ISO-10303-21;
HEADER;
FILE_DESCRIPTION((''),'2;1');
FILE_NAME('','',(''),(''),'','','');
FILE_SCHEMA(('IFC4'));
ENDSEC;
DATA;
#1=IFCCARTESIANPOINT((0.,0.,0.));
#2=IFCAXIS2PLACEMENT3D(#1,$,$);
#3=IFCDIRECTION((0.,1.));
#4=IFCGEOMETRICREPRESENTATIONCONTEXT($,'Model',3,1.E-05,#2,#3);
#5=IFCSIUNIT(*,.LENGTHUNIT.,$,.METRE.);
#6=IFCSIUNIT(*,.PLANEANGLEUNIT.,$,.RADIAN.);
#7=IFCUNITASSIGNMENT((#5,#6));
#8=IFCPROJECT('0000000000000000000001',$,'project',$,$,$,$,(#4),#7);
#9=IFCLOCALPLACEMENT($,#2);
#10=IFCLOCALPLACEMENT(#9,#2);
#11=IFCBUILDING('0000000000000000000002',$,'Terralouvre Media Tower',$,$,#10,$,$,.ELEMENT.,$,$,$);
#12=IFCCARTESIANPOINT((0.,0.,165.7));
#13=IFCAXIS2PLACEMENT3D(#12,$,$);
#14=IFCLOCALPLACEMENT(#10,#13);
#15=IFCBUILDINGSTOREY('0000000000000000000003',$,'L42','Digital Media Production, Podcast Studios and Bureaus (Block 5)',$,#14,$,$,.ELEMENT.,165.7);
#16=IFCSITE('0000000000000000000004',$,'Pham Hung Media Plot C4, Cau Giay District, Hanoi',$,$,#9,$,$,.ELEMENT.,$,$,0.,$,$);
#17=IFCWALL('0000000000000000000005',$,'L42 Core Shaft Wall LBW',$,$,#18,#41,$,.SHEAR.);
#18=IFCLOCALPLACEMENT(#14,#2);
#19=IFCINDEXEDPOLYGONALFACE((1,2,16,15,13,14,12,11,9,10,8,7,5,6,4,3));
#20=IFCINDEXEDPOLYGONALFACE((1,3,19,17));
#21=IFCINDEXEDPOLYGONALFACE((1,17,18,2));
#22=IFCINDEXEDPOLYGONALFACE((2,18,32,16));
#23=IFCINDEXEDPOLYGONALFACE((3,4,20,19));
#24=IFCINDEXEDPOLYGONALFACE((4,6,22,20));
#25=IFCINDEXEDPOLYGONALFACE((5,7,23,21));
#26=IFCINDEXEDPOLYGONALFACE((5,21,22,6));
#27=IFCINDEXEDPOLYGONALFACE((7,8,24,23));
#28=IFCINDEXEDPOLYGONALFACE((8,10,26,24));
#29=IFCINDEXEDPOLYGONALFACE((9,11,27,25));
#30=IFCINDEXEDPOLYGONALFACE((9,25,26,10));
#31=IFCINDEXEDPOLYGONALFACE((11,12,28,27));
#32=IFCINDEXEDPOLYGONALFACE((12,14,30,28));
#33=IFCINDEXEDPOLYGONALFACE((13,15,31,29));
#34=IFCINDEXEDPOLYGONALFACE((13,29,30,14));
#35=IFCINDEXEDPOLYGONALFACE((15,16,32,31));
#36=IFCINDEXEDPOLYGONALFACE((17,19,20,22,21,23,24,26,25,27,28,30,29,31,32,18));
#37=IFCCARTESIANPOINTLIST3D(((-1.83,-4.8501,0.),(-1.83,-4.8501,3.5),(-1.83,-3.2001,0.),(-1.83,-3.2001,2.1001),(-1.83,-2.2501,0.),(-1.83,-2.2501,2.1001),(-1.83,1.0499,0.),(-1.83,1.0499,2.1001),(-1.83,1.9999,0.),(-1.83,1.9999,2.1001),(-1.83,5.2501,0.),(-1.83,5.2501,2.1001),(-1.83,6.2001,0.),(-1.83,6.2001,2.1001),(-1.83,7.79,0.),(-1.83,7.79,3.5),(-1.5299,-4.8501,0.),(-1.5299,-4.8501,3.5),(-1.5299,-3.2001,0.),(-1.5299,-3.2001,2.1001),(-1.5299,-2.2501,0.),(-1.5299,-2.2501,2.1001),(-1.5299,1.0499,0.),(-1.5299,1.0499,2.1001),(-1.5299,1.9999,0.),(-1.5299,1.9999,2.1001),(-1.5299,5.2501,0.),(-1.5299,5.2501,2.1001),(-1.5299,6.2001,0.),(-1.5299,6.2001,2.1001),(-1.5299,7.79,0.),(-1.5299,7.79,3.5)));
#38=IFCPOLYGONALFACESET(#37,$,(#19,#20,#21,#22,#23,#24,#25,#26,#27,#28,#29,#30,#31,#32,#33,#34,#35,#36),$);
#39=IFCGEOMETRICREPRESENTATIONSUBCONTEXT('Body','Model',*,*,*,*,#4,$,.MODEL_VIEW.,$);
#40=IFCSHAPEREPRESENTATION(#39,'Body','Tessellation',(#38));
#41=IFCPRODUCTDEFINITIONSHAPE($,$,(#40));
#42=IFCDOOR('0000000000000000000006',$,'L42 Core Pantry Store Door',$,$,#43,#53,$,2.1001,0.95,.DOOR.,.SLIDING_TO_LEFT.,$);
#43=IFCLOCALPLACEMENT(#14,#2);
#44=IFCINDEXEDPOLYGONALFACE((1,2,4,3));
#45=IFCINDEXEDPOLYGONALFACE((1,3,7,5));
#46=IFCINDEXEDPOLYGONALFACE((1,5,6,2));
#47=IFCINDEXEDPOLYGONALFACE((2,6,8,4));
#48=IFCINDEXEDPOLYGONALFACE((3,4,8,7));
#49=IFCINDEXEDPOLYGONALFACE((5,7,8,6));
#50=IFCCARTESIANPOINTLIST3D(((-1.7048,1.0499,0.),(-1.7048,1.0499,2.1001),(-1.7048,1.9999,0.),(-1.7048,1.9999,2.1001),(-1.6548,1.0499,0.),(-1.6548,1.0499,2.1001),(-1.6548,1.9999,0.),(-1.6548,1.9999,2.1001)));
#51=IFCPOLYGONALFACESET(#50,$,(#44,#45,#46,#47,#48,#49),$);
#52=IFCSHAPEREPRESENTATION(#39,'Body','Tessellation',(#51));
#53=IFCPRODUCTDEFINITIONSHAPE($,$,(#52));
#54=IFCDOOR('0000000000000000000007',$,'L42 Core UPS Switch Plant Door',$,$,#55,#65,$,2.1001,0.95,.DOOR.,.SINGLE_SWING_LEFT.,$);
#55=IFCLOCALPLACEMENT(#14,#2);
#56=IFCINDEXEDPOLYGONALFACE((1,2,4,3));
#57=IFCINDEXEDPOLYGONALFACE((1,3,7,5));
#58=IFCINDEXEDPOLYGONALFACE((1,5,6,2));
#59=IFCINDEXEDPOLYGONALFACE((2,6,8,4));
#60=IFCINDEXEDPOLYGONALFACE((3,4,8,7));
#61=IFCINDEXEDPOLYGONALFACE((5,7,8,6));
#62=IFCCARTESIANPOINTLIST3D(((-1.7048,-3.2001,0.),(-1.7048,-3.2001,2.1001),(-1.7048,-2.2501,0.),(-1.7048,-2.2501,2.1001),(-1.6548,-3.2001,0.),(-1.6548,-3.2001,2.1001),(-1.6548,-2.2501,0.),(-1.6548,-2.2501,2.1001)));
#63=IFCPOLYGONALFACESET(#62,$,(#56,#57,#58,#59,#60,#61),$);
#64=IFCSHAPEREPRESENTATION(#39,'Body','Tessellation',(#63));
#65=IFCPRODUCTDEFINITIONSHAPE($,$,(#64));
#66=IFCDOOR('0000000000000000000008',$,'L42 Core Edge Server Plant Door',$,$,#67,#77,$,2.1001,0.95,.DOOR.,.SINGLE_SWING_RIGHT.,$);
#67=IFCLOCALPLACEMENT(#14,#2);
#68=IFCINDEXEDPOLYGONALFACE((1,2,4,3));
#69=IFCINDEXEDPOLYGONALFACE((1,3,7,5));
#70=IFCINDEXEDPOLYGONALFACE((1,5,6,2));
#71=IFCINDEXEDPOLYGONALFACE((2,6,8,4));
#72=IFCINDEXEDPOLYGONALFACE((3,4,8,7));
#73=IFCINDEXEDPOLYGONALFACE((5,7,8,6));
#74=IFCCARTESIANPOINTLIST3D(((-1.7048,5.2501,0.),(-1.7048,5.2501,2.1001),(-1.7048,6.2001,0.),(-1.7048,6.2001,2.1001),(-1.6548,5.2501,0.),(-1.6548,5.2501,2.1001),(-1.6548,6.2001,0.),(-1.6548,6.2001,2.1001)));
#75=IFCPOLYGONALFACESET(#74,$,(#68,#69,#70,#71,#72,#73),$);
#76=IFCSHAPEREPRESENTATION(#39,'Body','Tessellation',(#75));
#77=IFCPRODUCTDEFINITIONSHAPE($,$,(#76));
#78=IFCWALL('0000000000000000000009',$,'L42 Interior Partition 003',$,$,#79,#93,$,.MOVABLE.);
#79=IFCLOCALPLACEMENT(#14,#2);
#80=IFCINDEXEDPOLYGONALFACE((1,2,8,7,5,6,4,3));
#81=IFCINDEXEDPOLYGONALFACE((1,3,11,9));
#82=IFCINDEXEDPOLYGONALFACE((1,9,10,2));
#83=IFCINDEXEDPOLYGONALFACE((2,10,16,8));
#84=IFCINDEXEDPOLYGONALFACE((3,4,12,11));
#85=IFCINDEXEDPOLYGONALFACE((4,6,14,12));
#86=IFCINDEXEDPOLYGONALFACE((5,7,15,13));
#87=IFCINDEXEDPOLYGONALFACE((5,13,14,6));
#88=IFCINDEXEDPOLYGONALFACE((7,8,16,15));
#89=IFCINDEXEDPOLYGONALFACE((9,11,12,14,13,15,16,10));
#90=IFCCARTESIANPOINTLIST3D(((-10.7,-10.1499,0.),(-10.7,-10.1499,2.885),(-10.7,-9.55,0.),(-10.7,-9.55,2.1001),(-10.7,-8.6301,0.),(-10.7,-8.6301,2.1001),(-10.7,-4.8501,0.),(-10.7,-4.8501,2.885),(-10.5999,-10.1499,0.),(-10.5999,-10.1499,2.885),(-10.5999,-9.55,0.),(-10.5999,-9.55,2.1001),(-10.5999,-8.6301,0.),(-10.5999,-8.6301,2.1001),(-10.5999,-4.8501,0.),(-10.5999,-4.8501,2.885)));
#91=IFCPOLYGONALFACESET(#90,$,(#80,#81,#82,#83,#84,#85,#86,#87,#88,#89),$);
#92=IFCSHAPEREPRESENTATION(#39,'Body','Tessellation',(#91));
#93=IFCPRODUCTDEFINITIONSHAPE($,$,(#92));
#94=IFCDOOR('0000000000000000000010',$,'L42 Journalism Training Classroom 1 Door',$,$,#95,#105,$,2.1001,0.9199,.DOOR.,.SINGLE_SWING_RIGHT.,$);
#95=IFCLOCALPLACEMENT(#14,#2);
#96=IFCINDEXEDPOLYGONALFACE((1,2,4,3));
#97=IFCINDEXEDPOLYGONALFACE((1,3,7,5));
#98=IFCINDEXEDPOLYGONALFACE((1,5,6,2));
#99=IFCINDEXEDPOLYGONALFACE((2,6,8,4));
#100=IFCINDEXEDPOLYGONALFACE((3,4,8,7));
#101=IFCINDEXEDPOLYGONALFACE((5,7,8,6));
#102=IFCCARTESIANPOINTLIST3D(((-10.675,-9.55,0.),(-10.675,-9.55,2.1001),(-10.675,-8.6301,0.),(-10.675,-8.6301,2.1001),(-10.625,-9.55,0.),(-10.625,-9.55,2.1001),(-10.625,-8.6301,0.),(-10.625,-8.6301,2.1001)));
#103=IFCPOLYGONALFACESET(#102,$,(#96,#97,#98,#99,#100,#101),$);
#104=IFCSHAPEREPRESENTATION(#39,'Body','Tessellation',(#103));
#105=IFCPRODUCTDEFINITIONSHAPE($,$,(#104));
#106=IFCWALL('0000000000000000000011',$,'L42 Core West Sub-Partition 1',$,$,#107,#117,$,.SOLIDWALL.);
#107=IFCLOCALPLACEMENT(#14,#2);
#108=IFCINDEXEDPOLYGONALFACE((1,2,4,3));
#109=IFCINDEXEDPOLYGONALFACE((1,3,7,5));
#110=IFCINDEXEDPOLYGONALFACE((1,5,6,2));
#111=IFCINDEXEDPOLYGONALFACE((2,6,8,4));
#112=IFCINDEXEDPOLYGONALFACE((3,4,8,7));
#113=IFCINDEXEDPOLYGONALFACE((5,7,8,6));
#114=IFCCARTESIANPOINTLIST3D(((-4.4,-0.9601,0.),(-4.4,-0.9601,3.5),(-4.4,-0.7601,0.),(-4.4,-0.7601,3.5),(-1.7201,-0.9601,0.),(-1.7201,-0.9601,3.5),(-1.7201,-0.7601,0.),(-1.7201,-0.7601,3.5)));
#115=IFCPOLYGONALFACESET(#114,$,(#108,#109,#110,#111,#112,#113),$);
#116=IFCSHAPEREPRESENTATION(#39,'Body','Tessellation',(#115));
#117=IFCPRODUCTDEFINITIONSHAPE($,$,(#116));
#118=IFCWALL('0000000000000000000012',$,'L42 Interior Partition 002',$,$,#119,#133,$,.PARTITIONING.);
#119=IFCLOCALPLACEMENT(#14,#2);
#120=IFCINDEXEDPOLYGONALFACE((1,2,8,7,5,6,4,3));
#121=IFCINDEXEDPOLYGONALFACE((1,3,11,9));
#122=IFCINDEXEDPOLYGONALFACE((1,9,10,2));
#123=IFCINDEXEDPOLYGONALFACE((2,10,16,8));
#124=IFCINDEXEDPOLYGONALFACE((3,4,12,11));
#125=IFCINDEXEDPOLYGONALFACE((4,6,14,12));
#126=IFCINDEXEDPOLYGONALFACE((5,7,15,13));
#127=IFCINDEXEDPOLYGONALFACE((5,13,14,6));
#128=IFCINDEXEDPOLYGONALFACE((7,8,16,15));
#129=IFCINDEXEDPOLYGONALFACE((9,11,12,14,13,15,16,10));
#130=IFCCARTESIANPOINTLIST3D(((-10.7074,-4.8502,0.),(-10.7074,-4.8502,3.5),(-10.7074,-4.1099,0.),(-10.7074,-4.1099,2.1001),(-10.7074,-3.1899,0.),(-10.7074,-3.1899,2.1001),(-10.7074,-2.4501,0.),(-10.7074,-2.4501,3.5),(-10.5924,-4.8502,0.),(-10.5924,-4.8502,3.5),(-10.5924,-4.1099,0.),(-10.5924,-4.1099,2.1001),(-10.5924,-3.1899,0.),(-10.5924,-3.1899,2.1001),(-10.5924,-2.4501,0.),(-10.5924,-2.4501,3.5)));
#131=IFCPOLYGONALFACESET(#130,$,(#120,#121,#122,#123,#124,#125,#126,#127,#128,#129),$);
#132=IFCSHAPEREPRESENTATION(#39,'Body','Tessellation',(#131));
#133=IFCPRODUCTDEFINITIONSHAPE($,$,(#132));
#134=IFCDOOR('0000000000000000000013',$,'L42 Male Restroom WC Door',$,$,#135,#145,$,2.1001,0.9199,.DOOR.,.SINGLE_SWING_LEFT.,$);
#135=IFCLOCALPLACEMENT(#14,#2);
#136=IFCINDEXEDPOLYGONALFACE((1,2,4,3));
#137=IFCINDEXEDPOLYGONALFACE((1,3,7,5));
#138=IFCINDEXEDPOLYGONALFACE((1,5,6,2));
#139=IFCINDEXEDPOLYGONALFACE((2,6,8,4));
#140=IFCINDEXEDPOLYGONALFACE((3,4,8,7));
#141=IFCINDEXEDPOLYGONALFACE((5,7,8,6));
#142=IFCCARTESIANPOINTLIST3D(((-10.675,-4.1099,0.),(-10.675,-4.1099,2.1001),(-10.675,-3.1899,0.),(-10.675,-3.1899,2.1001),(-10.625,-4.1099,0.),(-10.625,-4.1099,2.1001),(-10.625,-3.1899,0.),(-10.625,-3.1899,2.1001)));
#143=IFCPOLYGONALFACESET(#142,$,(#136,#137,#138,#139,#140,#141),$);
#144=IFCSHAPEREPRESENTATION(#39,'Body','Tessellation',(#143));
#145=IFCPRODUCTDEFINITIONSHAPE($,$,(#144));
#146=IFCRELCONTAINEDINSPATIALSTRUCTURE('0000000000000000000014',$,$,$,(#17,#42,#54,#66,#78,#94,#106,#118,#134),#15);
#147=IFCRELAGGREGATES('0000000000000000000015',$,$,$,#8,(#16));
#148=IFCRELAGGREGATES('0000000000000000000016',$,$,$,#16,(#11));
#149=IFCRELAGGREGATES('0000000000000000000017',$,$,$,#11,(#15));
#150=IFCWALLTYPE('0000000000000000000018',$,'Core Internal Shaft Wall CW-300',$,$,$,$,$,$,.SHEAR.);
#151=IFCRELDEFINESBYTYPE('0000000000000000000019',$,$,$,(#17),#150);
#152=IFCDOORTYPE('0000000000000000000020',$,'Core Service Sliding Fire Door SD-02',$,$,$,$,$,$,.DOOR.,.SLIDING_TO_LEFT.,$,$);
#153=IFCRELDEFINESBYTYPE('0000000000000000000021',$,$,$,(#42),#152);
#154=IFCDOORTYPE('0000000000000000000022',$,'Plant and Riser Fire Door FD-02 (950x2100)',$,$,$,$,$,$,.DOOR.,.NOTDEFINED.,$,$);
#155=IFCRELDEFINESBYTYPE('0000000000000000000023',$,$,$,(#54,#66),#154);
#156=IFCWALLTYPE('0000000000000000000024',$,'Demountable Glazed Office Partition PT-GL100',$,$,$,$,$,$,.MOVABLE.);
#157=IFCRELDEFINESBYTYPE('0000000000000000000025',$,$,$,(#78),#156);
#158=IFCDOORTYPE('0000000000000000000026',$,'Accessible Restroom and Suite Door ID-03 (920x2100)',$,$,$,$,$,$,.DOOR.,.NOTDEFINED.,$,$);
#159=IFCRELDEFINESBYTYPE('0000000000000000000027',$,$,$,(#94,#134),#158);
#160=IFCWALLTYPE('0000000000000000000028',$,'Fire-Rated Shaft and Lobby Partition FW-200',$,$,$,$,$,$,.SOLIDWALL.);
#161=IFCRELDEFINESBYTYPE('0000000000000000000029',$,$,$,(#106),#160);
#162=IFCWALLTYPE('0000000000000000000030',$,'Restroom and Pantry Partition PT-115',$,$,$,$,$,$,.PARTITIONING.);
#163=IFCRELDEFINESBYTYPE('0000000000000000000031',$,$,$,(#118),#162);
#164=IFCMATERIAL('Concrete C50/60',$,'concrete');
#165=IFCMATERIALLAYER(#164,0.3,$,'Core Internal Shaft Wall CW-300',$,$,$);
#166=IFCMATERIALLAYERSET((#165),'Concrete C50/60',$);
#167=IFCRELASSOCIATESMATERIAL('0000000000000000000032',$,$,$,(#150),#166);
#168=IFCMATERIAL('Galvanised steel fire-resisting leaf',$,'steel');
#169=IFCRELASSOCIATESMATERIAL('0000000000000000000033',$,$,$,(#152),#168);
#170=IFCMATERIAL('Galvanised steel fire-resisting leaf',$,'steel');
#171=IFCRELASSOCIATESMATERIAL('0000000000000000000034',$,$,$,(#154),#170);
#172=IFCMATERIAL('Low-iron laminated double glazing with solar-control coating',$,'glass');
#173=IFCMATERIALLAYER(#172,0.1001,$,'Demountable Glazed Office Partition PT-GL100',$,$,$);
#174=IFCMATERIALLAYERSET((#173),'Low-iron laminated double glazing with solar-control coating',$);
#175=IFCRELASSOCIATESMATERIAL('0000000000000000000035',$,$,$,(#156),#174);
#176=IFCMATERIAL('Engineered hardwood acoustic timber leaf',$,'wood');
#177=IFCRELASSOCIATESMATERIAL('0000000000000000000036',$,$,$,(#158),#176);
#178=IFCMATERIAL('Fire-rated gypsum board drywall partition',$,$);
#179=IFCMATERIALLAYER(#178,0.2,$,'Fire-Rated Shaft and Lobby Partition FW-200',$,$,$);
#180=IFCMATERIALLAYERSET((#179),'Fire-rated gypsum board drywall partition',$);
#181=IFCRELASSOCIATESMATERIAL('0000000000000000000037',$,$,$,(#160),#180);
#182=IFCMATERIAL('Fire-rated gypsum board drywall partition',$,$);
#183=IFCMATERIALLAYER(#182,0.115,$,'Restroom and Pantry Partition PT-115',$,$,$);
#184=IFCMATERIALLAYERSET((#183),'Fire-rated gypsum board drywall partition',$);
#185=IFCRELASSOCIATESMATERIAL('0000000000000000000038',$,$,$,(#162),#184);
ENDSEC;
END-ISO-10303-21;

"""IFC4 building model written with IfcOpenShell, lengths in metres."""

from ifc_helpers import new_model, si_unit, direction, frame, frame_2d, origin, place, context, subcontext, project, spatial, rectangle, extrude, material, layer, layer_set, type_object, element, fill, save


model = new_model("IFC4")

# Units and contexts
model_context = context("Model", 3, precision=1e-05, world=origin(), true_north=direction((0.0, 1.0)))
body_context = subcontext(model_context, "Body", "Model", "MODEL_VIEW")
ifc_project = project(units=[si_unit("LENGTHUNIT", "METRE"), si_unit("PLANEANGLEUNIT", "RADIAN")], contexts=[model_context])

# Site, building, storey
site_placement = place(None, origin())
site = spatial("IfcSite", under=ifc_project, at=site_placement, Name="Pham Hung Media Plot C4, Cau Giay District, Hanoi", CompositionType="ELEMENT", RefElevation=0.0)
building_placement = place(site_placement, origin())
building = spatial("IfcBuilding", under=site, at=building_placement, Name="Terralouvre Media Tower", CompositionType="ELEMENT")
storey_placement = place(building_placement, frame((0.0, 0.0, 165.7)))
storey = spatial("IfcBuildingStorey", under=building, at=storey_placement, Name="L42", Description="Digital Media Production, Podcast Studios and Bureaus (Block 5)", CompositionType="ELEMENT", Elevation=165.7)

# Shared definitions
ifc_material_1 = material(Name="Concrete C50/60", Category="concrete")
ifc_layer_1 = layer(ifc_material_1, 0.3, Name="Core Internal Shaft Wall CW-300")
ifc_layer_set_1 = layer_set([ifc_layer_1], Name="Concrete C50/60")
wall_type_1 = type_object("IfcWallType", Name="Core Internal Shaft Wall CW-300", PredefinedType="SHEAR", material=ifc_layer_set_1)

# Wall, openings, doors
wall_1_placement = place(storey_placement, frame((-1.6799, -4.8501, 0.0), z_axis=(0.0, 0.0, 1.0), x_axis=(0.0, 1.0, 0.0)))
wall_1 = element("IfcWall", 1, at=wall_1_placement, inside=storey, type_object=wall_type_1, Name="L42 Core Shaft Wall LBW", PredefinedType="SHEAR", context=body_context, shape_type="SweptSolid", body=[
    extrude(rectangle(XDim=12.6401, YDim=0.3, at=frame_2d((6.3201, 0.0))), origin(), (0.0, 0.0, 1.0), 3.5),
])
opening_1_placement = place(wall_1_placement, frame((1.6499, 0.0, 0.0)))
opening_1 = element("IfcOpeningElement", 2, at=opening_1_placement, cuts=wall_1, PredefinedType="OPENING", context=body_context, shape_type="SweptSolid", body=[
    extrude(rectangle(XDim=0.95, YDim=2.1001, at=frame_2d((0.4751, 1.05))), frame((0.0, 0.1599, 0.0), z_axis=(0.0, -1.0, 0.0), x_axis=(1.0, 0.0, 0.0)), (0.0, 0.0, 1.0), 0.3201),
])
opening_2_placement = place(wall_1_placement, frame((5.8999, 0.0, 0.0)))
opening_2 = element("IfcOpeningElement", 3, at=opening_2_placement, cuts=wall_1, PredefinedType="OPENING", context=body_context, shape_type="SweptSolid", body=[
    extrude(rectangle(XDim=0.95, YDim=2.1001, at=frame_2d((0.4751, 1.05))), frame((0.0, 0.1599, 0.0), z_axis=(0.0, -1.0, 0.0), x_axis=(1.0, 0.0, 0.0)), (0.0, 0.0, 1.0), 0.3201),
])
opening_3_placement = place(wall_1_placement, frame((10.1001, 0.0, 0.0)))
opening_3 = element("IfcOpeningElement", 4, at=opening_3_placement, cuts=wall_1, PredefinedType="OPENING", context=body_context, shape_type="SweptSolid", body=[
    extrude(rectangle(XDim=0.95, YDim=2.1001, at=frame_2d((0.4751, 1.05))), frame((0.0, 0.1599, 0.0), z_axis=(0.0, -1.0, 0.0), x_axis=(1.0, 0.0, 0.0)), (0.0, 0.0, 1.0), 0.3201),
])
ifc_material_2 = material(Name="Galvanised steel fire-resisting leaf", Category="steel")
door_type_1 = type_object("IfcDoorType", Name="Core Service Sliding Fire Door SD-02", OperationType="SLIDING_TO_LEFT", PredefinedType="DOOR", material=ifc_material_2)
door_1_placement = place(opening_2_placement, origin())
door_1 = element("IfcDoor", 5, at=door_1_placement, inside=storey, type_object=door_type_1, Name="L42 Core Pantry Store Door", OperationType="SLIDING_TO_LEFT", OverallHeight=2.1001, OverallWidth=0.95, PredefinedType="DOOR", context=body_context, shape_type="SweptSolid", body=[
    extrude(rectangle(XDim=0.95, YDim=2.1001, at=frame_2d((0.4751, 1.05))), frame((0.0, 0.0249, 0.0), z_axis=(0.0, -1.0, 0.0), x_axis=(1.0, 0.0, 0.0)), (0.0, 0.0, 1.0), 0.05),
])
fill(opening_2, door_1)
ifc_material_3 = material(Name="Galvanised steel fire-resisting leaf", Category="steel")
door_type_2 = type_object("IfcDoorType", Name="Plant and Riser Fire Door FD-02 (950x2100)", OperationType="NOTDEFINED", PredefinedType="DOOR", material=ifc_material_3)
door_2_placement = place(opening_1_placement, origin())
door_2 = element("IfcDoor", 6, at=door_2_placement, inside=storey, type_object=door_type_2, Name="L42 Core UPS Switch Plant Door", OperationType="SINGLE_SWING_LEFT", OverallHeight=2.1001, OverallWidth=0.95, PredefinedType="DOOR", context=body_context, shape_type="SweptSolid", body=[
    extrude(rectangle(XDim=0.95, YDim=2.1001, at=frame_2d((0.4751, 1.05))), frame((0.0, 0.0249, 0.0), z_axis=(0.0, -1.0, 0.0), x_axis=(1.0, 0.0, 0.0)), (0.0, 0.0, 1.0), 0.05),
])
fill(opening_1, door_2)
door_3_placement = place(opening_3_placement, origin())
door_3 = element("IfcDoor", 7, at=door_3_placement, inside=storey, type_object=door_type_2, Name="L42 Core Edge Server Plant Door", OperationType="SINGLE_SWING_RIGHT", OverallHeight=2.1001, OverallWidth=0.95, PredefinedType="DOOR", context=body_context, shape_type="SweptSolid", body=[
    extrude(rectangle(XDim=0.95, YDim=2.1001, at=frame_2d((0.4751, 1.05))), frame((0.0, 0.0249, 0.0), z_axis=(0.0, -1.0, 0.0), x_axis=(1.0, 0.0, 0.0)), (0.0, 0.0, 1.0), 0.05),
])
fill(opening_3, door_3)

# Wall, opening, door
ifc_material_4 = material(Name="Low-iron laminated double glazing with solar-control coating", Category="glass")
ifc_layer_2 = layer(ifc_material_4, 0.1001, Name="Demountable Glazed Office Partition PT-GL100")
ifc_layer_set_2 = layer_set([ifc_layer_2], Name="Low-iron laminated double glazing with solar-control coating")
wall_type_2 = type_object("IfcWallType", Name="Demountable Glazed Office Partition PT-GL100", PredefinedType="MOVABLE", material=ifc_layer_set_2)
wall_2_placement = place(storey_placement, frame((-10.6499, -4.8501, 0.0), z_axis=(0.0, 0.0, 1.0), x_axis=(0.0, -1.0, 0.0)))
wall_2 = element("IfcWall", 8, at=wall_2_placement, inside=storey, type_object=wall_type_2, Name="L42 Interior Partition 003", PredefinedType="MOVABLE", context=body_context, shape_type="SweptSolid", body=[
    extrude(rectangle(XDim=5.2998, YDim=0.1001, at=frame_2d((2.6499, 0.0))), origin(), (0.0, 0.0, 1.0), 2.885),
])
opening_4_placement = place(wall_2_placement, frame((3.78, 0.0, 0.0)))
opening_4 = element("IfcOpeningElement", 9, at=opening_4_placement, cuts=wall_2, PredefinedType="OPENING", context=body_context, shape_type="SweptSolid", body=[
    extrude(rectangle(XDim=0.9199, YDim=2.1001, at=frame_2d((0.46, 1.05))), frame((0.0, 0.0601, 0.0), z_axis=(0.0, -1.0, 0.0), x_axis=(1.0, 0.0, 0.0)), (0.0, 0.0, 1.0), 0.1201),
])
ifc_material_5 = material(Name="Engineered hardwood acoustic timber leaf", Category="wood")
door_type_3 = type_object("IfcDoorType", Name="Accessible Restroom and Suite Door ID-03 (920x2100)", OperationType="NOTDEFINED", PredefinedType="DOOR", material=ifc_material_5)
door_4_placement = place(opening_4_placement, origin())
door_4 = element("IfcDoor", 10, at=door_4_placement, inside=storey, type_object=door_type_3, Name="L42 Journalism Training Classroom 1 Door", OperationType="SINGLE_SWING_RIGHT", OverallHeight=2.1001, OverallWidth=0.9199, PredefinedType="DOOR", context=body_context, shape_type="SweptSolid", body=[
    extrude(rectangle(XDim=0.9199, YDim=2.1001, at=frame_2d((0.46, 1.05))), frame((0.0, 0.0249, 0.0), z_axis=(0.0, -1.0, 0.0), x_axis=(1.0, 0.0, 0.0)), (0.0, 0.0, 1.0), 0.05),
])
fill(opening_4, door_4)

# Wall
ifc_material_6 = material(Name="Fire-rated gypsum board drywall partition")
ifc_layer_3 = layer(ifc_material_6, 0.2, Name="Fire-Rated Shaft and Lobby Partition FW-200")
ifc_layer_set_3 = layer_set([ifc_layer_3], Name="Fire-rated gypsum board drywall partition")
wall_type_3 = type_object("IfcWallType", Name="Fire-Rated Shaft and Lobby Partition FW-200", PredefinedType="SOLIDWALL", material=ifc_layer_set_3)
wall_3_placement = place(storey_placement, frame((-4.3999, -0.8601, 0.0), z_axis=(0.0, 0.0, 1.0), x_axis=(1.0, 0.0, 0.0)))
element("IfcWall", 11, at=wall_3_placement, inside=storey, type_object=wall_type_3, Name="L42 Core West Sub-Partition 1", PredefinedType="SOLIDWALL", context=body_context, shape_type="SweptSolid", body=[
    extrude(rectangle(XDim=2.6799, YDim=0.2, at=frame_2d((1.3398, 0.0))), origin(), (0.0, 0.0, 1.0), 3.5),
])

# Wall, opening, door
ifc_material_7 = material(Name="Fire-rated gypsum board drywall partition")
ifc_layer_4 = layer(ifc_material_7, 0.115, Name="Restroom and Pantry Partition PT-115")
ifc_layer_set_4 = layer_set([ifc_layer_4], Name="Fire-rated gypsum board drywall partition")
wall_type_4 = type_object("IfcWallType", Name="Restroom and Pantry Partition PT-115", PredefinedType="PARTITIONING", material=ifc_layer_set_4)
wall_4_placement = place(storey_placement, frame((-10.6499, -2.45, 0.0), z_axis=(0.0, 0.0, 1.0), x_axis=(0.0, -1.0, 0.0)))
wall_4 = element("IfcWall", 12, at=wall_4_placement, inside=storey, type_object=wall_type_4, Name="L42 Interior Partition 002", PredefinedType="PARTITIONING", context=body_context, shape_type="SweptSolid", body=[
    extrude(rectangle(XDim=2.4001, YDim=0.115, at=frame_2d((1.2002, 0.0))), origin(), (0.0, 0.0, 1.0), 3.5),
])
opening_5_placement = place(wall_4_placement, frame((0.74, 0.0, 0.0)))
opening_5 = element("IfcOpeningElement", 13, at=opening_5_placement, cuts=wall_4, PredefinedType="OPENING", context=body_context, shape_type="SweptSolid", body=[
    extrude(rectangle(XDim=0.9199, YDim=2.1001, at=frame_2d((0.46, 1.05))), frame((0.0, 0.0674, 0.0), z_axis=(0.0, -1.0, 0.0), x_axis=(1.0, 0.0, 0.0)), (0.0, 0.0, 1.0), 0.135),
])
door_5_placement = place(opening_5_placement, origin())
door_5 = element("IfcDoor", 14, at=door_5_placement, inside=storey, type_object=door_type_3, Name="L42 Male Restroom WC Door", OperationType="SINGLE_SWING_LEFT", OverallHeight=2.1001, OverallWidth=0.9199, PredefinedType="DOOR", context=body_context, shape_type="SweptSolid", body=[
    extrude(rectangle(XDim=0.9199, YDim=2.1001, at=frame_2d((0.46, 1.05))), frame((0.0, 0.0249, 0.0), z_axis=(0.0, -1.0, 0.0), x_axis=(1.0, 0.0, 0.0)), (0.0, 0.0, 1.0), 0.05),
])
fill(opening_5, door_5)

save(model, "model.ifc")
